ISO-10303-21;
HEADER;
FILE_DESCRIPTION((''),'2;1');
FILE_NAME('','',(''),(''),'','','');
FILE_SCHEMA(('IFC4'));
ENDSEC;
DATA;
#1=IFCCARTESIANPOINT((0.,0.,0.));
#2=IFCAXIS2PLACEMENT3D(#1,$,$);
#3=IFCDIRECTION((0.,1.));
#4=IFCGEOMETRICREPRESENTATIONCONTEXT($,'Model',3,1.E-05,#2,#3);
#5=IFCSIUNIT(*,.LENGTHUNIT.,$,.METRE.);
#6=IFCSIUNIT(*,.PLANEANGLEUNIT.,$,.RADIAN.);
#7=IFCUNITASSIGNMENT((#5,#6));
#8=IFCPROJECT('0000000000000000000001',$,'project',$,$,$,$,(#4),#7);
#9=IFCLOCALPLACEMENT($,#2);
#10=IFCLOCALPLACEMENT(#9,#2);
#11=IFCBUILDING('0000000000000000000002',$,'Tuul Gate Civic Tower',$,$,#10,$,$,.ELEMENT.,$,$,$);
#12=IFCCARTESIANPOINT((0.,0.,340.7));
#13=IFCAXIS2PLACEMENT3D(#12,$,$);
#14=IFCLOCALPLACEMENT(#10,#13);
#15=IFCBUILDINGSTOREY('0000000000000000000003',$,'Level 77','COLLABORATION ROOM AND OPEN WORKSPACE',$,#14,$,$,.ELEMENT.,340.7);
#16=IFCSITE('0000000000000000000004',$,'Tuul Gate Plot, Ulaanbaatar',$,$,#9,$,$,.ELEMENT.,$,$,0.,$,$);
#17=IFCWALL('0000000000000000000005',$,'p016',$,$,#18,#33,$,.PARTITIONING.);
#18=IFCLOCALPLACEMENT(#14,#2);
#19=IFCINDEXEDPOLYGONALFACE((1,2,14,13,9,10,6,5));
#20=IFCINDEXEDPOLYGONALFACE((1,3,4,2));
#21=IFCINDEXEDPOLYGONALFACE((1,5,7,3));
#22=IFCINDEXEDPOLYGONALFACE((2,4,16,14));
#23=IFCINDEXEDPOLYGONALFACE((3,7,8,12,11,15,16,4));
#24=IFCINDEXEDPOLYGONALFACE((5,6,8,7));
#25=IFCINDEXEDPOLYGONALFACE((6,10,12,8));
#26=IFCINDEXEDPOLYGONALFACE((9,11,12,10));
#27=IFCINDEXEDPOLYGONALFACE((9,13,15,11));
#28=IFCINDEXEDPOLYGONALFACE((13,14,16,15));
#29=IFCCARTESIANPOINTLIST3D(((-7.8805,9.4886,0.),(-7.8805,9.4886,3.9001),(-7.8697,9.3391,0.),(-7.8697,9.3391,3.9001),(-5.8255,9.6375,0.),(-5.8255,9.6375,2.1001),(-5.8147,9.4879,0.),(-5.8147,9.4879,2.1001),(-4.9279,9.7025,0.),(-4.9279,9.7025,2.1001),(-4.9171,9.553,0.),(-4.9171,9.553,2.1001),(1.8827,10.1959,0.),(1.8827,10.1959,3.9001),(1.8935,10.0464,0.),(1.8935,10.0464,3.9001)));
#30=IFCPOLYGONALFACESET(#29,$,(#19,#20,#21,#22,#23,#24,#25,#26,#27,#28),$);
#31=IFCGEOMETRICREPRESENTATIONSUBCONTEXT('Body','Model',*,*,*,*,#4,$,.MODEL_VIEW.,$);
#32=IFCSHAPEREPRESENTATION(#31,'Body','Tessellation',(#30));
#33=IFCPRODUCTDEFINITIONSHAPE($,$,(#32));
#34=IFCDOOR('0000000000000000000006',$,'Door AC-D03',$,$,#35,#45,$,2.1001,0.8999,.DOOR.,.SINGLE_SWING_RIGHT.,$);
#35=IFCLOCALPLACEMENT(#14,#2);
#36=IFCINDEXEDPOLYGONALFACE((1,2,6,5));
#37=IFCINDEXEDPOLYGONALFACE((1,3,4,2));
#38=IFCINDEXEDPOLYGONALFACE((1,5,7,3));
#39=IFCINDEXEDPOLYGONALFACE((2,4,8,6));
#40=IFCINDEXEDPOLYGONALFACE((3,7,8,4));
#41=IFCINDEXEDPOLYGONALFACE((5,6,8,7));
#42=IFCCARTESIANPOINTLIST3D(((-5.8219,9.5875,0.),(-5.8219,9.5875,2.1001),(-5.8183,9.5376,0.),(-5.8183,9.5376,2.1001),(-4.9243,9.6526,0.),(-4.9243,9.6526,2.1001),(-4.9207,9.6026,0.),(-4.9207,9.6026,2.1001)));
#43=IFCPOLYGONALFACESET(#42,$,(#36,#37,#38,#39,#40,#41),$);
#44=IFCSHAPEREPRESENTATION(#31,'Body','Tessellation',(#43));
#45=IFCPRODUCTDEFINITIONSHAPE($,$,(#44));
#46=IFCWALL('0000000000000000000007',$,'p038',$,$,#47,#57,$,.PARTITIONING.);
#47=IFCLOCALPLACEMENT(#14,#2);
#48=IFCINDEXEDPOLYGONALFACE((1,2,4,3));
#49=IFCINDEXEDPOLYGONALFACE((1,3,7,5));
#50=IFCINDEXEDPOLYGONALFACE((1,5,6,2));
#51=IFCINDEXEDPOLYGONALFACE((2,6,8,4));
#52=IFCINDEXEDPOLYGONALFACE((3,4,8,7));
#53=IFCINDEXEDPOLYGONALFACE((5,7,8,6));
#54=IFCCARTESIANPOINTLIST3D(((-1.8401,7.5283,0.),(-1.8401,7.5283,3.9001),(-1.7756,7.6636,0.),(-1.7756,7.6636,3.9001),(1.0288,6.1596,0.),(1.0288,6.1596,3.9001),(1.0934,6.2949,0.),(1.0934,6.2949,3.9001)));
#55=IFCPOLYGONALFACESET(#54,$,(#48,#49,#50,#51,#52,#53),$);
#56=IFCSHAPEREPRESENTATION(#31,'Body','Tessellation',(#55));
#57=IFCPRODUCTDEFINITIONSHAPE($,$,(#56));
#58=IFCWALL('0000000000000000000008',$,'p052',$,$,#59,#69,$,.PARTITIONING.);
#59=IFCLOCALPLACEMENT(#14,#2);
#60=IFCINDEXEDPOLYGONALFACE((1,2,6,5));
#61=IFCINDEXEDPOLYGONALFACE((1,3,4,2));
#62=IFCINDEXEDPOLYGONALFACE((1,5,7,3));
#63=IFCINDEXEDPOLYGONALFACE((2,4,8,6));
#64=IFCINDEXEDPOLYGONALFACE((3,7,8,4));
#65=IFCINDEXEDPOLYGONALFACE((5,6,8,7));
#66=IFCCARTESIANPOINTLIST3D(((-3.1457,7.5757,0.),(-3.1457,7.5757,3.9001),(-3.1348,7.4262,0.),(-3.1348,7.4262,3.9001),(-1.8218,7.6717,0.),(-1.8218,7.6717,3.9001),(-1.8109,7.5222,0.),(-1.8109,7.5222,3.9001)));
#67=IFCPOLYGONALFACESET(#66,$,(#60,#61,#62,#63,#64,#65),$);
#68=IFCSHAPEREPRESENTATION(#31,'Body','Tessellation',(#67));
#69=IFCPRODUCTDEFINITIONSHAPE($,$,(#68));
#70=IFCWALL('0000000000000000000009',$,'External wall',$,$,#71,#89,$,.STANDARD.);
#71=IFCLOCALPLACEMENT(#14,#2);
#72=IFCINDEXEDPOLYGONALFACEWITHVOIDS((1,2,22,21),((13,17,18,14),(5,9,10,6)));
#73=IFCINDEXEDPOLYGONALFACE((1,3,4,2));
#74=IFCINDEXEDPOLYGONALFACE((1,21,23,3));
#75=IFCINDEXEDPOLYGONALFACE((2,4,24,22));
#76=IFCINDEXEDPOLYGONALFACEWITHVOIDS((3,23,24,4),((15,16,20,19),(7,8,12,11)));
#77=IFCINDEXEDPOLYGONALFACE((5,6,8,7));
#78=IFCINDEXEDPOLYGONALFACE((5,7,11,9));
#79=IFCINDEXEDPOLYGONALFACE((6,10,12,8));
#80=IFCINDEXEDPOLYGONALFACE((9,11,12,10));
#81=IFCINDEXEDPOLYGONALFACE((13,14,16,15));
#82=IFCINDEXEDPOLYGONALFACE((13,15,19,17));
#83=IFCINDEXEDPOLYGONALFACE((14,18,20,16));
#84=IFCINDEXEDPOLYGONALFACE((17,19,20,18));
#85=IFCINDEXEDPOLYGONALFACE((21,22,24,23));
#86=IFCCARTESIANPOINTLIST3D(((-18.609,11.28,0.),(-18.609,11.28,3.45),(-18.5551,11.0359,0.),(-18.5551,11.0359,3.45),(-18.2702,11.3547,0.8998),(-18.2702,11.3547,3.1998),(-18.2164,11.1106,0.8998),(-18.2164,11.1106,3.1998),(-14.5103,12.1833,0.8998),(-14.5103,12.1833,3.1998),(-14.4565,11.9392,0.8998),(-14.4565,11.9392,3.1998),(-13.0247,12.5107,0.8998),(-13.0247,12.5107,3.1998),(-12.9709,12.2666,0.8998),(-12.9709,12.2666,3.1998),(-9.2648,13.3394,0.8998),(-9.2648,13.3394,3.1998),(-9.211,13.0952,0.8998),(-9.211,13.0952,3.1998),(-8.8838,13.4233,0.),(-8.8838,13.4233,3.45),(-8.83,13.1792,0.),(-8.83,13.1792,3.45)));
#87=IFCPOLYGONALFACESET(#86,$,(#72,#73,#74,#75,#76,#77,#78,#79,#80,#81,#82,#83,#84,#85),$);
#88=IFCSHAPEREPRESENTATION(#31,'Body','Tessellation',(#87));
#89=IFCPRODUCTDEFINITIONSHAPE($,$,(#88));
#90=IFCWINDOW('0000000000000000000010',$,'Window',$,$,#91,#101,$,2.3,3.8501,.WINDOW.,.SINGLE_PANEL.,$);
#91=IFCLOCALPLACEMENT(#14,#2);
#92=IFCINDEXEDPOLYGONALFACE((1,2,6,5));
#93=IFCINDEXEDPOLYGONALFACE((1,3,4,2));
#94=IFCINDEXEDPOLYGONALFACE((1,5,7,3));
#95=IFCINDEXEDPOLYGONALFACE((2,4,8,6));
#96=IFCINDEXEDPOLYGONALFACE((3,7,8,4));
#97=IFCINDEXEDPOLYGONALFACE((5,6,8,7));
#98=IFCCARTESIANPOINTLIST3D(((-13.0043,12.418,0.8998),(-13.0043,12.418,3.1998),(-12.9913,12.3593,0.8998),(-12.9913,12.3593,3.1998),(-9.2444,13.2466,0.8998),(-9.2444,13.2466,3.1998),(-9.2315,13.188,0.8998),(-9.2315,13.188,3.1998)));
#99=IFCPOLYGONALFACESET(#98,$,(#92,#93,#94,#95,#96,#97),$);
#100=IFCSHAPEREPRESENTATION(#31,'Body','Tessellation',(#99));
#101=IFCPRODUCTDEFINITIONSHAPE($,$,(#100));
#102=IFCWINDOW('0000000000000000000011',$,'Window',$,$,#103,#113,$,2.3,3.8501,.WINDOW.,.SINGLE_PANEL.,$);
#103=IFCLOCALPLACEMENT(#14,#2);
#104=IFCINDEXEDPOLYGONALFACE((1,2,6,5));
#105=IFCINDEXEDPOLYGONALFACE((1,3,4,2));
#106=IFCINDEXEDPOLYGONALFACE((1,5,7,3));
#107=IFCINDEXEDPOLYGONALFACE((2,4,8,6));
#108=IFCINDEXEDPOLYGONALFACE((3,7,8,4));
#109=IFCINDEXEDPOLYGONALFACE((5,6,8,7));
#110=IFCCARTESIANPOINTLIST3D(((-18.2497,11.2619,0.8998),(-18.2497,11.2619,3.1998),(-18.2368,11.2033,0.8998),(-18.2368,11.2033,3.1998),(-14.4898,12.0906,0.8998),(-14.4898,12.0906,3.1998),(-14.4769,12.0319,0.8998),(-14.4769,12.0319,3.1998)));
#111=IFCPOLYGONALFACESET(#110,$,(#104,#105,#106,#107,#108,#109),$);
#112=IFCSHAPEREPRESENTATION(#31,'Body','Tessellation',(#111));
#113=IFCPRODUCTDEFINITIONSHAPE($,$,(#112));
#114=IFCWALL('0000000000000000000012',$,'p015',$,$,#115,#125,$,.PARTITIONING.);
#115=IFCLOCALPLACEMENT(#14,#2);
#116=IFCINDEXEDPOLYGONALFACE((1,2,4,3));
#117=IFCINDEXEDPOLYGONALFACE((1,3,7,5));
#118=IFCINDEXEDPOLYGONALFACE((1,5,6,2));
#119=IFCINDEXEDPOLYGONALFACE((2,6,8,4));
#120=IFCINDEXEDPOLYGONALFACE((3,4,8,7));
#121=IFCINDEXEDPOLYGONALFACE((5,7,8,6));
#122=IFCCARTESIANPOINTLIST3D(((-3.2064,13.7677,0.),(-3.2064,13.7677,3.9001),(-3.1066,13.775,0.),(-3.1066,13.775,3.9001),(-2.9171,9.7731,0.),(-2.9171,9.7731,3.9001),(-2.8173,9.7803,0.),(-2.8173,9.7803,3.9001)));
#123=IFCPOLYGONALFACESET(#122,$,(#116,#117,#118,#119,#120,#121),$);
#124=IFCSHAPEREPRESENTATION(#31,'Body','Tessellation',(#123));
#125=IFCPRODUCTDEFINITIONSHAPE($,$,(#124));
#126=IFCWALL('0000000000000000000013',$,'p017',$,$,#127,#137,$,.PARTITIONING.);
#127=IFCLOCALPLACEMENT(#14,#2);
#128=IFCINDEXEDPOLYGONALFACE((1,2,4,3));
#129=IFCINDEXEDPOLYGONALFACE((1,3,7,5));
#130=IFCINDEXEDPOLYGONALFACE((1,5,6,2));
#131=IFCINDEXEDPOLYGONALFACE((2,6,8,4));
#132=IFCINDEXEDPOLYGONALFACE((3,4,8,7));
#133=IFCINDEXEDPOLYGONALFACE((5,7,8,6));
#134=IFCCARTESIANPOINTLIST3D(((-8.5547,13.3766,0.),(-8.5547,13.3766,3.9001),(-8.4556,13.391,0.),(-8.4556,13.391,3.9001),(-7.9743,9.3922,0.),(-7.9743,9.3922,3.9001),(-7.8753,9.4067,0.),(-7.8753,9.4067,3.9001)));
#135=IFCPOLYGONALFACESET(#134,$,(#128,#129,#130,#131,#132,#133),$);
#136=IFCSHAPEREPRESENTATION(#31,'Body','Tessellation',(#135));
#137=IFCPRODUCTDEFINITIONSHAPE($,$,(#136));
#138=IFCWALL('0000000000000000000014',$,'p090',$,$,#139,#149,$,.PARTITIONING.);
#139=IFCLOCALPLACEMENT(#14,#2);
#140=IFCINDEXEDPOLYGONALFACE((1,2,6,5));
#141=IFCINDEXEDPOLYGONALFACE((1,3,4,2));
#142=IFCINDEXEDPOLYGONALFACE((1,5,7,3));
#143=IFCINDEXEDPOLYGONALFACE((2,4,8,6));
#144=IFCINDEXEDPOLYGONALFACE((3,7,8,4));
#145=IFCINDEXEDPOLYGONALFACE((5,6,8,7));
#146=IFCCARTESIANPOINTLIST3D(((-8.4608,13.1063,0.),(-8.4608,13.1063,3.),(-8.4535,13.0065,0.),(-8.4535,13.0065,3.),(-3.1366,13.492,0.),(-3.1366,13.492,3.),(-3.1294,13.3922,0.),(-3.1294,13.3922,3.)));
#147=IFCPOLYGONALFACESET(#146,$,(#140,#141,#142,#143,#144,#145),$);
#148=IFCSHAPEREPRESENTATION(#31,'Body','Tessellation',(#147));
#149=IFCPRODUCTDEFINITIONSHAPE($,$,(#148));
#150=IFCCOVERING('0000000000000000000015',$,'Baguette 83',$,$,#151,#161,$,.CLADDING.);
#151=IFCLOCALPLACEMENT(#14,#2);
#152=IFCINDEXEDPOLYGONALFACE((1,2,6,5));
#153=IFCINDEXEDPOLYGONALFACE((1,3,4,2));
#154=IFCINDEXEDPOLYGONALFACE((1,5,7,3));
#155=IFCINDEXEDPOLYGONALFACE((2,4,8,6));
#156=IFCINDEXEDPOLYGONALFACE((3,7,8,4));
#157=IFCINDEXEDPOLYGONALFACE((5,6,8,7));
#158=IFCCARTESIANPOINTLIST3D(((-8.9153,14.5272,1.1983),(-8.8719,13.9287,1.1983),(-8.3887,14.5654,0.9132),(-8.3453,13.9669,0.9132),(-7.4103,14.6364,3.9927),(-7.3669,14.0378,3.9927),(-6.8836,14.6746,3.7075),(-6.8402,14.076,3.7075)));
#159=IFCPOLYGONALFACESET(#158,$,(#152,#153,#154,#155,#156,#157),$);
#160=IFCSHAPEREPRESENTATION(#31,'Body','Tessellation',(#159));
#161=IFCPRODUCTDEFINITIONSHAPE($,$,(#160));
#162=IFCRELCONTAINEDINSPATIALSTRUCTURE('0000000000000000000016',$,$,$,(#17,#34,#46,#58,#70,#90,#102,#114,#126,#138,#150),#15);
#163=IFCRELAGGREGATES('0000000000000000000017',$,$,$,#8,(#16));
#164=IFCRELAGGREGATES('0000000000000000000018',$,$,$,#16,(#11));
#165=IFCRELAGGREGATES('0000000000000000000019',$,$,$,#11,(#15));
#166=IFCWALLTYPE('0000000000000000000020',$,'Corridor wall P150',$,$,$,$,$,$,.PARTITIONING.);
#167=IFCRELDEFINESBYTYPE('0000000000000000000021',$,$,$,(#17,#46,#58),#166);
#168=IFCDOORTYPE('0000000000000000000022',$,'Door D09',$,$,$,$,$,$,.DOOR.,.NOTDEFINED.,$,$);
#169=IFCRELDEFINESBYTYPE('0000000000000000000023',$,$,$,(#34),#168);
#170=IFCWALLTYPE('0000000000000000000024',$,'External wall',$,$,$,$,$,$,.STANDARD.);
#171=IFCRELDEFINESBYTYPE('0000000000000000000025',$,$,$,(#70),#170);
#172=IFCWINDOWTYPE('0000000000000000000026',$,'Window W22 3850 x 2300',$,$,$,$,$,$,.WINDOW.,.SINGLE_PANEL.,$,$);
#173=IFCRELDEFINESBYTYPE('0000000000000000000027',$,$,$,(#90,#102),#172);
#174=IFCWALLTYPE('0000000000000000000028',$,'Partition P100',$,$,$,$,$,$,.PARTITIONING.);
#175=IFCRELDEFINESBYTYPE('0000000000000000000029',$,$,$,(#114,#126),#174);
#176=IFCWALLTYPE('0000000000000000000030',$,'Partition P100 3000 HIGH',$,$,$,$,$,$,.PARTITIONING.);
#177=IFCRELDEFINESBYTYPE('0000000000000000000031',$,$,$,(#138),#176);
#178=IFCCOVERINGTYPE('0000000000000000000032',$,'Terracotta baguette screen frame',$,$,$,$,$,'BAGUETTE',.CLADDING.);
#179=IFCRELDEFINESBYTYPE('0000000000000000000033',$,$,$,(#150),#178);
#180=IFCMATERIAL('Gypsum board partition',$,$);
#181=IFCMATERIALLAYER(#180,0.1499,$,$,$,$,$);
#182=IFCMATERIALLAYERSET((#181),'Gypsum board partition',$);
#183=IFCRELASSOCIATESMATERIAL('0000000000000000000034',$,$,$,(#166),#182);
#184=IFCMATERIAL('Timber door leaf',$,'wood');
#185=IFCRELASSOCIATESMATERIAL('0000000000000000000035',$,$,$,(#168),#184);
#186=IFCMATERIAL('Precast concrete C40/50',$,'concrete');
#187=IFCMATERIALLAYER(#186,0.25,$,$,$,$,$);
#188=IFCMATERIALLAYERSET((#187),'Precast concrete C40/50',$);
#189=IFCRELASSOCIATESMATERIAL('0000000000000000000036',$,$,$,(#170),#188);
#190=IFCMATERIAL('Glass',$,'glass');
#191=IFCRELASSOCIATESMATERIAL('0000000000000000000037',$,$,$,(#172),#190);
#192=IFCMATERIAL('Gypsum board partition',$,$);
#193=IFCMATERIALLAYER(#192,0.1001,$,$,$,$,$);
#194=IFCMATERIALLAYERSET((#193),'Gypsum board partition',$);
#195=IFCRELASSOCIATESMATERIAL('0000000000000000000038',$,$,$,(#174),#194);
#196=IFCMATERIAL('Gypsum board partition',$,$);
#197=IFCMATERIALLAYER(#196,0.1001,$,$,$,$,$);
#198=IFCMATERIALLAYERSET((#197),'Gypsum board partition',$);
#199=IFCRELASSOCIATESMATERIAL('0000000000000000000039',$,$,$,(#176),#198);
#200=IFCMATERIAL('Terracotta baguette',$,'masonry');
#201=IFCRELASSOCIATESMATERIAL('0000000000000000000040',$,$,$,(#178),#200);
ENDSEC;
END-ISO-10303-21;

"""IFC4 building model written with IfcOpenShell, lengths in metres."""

from ifc_helpers import new_model, si_unit, direction, frame, frame_2d, origin, origin_2d, place, context, subcontext, project, spatial, rectangle, extrude, material, layer, layer_set, material_profile, profile_set, type_object, element, fill, save


model = new_model("IFC4")

# Units and contexts
model_context = context("Model", 3, precision=1e-05, world=origin(), true_north=direction((0.0, 1.0)))
body_context = subcontext(model_context, "Body", "Model", "MODEL_VIEW")
ifc_project = project(units=[si_unit("LENGTHUNIT", "METRE"), si_unit("PLANEANGLEUNIT", "RADIAN")], contexts=[model_context])

# Site, building, storey
site_placement = place(None, origin())
site = spatial("IfcSite", under=ifc_project, at=site_placement, Name="Tuul Gate Plot, Ulaanbaatar", CompositionType="ELEMENT", RefElevation=0.0)
building_placement = place(site_placement, origin())
building = spatial("IfcBuilding", under=site, at=building_placement, Name="Tuul Gate Civic Tower", CompositionType="ELEMENT")
storey_placement = place(building_placement, frame((0.0, 0.0, 340.7)))
storey = spatial("IfcBuildingStorey", under=building, at=storey_placement, Name="Level 77", Description="COLLABORATION ROOM AND OPEN WORKSPACE", CompositionType="ELEMENT", Elevation=340.7)

# Wall, opening, door
ifc_material_1 = material(Name="Gypsum board partition")
ifc_layer_1 = layer(ifc_material_1, 0.1499)
ifc_layer_set_1 = layer_set([ifc_layer_1], Name="Gypsum board partition")
wall_type_1 = type_object("IfcWallType", Name="Corridor wall P150", PredefinedType="PARTITIONING", material=ifc_layer_set_1)
wall_1_placement = place(storey_placement, frame((-7.8752, 9.4138, 0.0), z_axis=(0.0, 0.0, 1.0), x_axis=(0.997386, 0.072254, 0.0)))
wall_1 = element("IfcWall", 1, at=wall_1_placement, inside=storey, type_object=wall_type_1, Name="p016", PredefinedType="PARTITIONING", context=body_context, shape_type="SweptSolid", body=[
    extrude(rectangle(XDim=9.7888, YDim=0.1499, at=frame_2d((4.8945, 0.0))), origin(), (0.0, 0.0, 1.0), 3.9001),
])
opening_1_placement = place(wall_1_placement, frame((2.0605, 0.0, 0.0)))
opening_1 = element("IfcOpeningElement", 2, at=opening_1_placement, cuts=wall_1, PredefinedType="OPENING", context=body_context, shape_type="SweptSolid", body=[
    extrude(rectangle(XDim=0.8999, YDim=2.1001, at=frame_2d((0.45, 1.05))), frame((0.0, 0.085, 0.0), z_axis=(0.0, -1.0, 0.0), x_axis=(1.0, 0.0, 0.0)), (0.0, 0.0, 1.0), 0.1699),
])
ifc_material_2 = material(Name="Timber door leaf", Category="wood")
door_type = type_object("IfcDoorType", Name="Door D09", OperationType="NOTDEFINED", PredefinedType="DOOR", material=ifc_material_2)
door_placement = place(opening_1_placement, origin())
door = element("IfcDoor", 3, at=door_placement, inside=storey, type_object=door_type, Name="Door AC-D03", OperationType="SINGLE_SWING_RIGHT", OverallHeight=2.1001, OverallWidth=0.8999, PredefinedType="DOOR", context=body_context, shape_type="SweptSolid", body=[
    extrude(rectangle(XDim=0.8999, YDim=2.1001, at=frame_2d((0.45, 1.05))), frame((0.0, 0.0249, 0.0), z_axis=(0.0, -1.0, 0.0), x_axis=(1.0, 0.0, 0.0)), (0.0, 0.0, 1.0), 0.05),
])
fill(opening_1, door)

# Walls
wall_2_placement = place(storey_placement, frame((-1.8079, 7.5959, 0.0), z_axis=(0.0, 0.0, 1.0), x_axis=(0.902554, -0.430577, 0.0)))
element("IfcWall", 4, at=wall_2_placement, inside=storey, type_object=wall_type_1, Name="p038", PredefinedType="PARTITIONING", context=body_context, shape_type="SweptSolid", body=[
    extrude(rectangle(XDim=3.1787, YDim=0.1499, at=frame_2d((1.5894, 0.0))), origin(), (0.0, 0.0, 1.0), 3.9001),
])
wall_3_placement = place(storey_placement, frame((-3.1401, 7.501, 0.0), z_axis=(0.0, 0.0, 1.0), x_axis=(0.997384, 0.07228, 0.0)))
element("IfcWall", 5, at=wall_3_placement, inside=storey, type_object=wall_type_1, Name="p052", PredefinedType="PARTITIONING", context=body_context, shape_type="SweptSolid", body=[
    extrude(rectangle(XDim=1.3274, YDim=0.1499, at=frame_2d((0.6636, 0.0))), origin(), (0.0, 0.0, 1.0), 3.9001),
])

# Wall, openings, windows
ifc_material_3 = material(Name="Precast concrete C40/50", Category="concrete")
ifc_layer_2 = layer(ifc_material_3, 0.25)
ifc_layer_set_2 = layer_set([ifc_layer_2], Name="Precast concrete C40/50")
wall_type_2 = type_object("IfcWallType", Name="External wall", PredefinedType="STANDARD", material=ifc_layer_set_2)
wall_4_placement = place(storey_placement, frame((-8.8569, 13.3013, 0.0), z_axis=(0.0, 0.0, 1.0), x_axis=(-0.976565, -0.215225, 0.0)))
wall_4 = element("IfcWall", 6, at=wall_4_placement, inside=storey, type_object=wall_type_2, Name="External wall", PredefinedType="STANDARD", context=body_context, shape_type="SweptSolid", body=[
    extrude(rectangle(XDim=9.9585, YDim=0.25, at=frame_2d((4.9792, 0.0))), origin(), (0.0, 0.0, 1.0), 3.45),
])
opening_2_placement = place(wall_4_placement, frame((0.3901, 0.0, 0.8999)))
opening_2 = element("IfcOpeningElement", 7, at=opening_2_placement, cuts=wall_4, PredefinedType="OPENING", context=body_context, shape_type="SweptSolid", body=[
    extrude(rectangle(XDim=3.8501, YDim=2.3, at=frame_2d((1.925, 1.1499))), frame((0.0, 0.135, 0.0), z_axis=(0.0, -1.0, 0.0), x_axis=(1.0, 0.0, 0.0)), (0.0, 0.0, 1.0), 0.27),
])
opening_3_placement = place(wall_4_placement, frame((5.7615, 0.0, 0.8999)))
opening_3 = element("IfcOpeningElement", 8, at=opening_3_placement, cuts=wall_4, PredefinedType="OPENING", context=body_context, shape_type="SweptSolid", body=[
    extrude(rectangle(XDim=3.8501, YDim=2.3, at=frame_2d((1.925, 1.1499))), frame((0.0, 0.135, 0.0), z_axis=(0.0, -1.0, 0.0), x_axis=(1.0, 0.0, 0.0)), (0.0, 0.0, 1.0), 0.27),
])
ifc_material_4 = material(Name="Glass", Category="glass")
window_type = type_object("IfcWindowType", Name="Window W22 3850 x 2300", PartitioningType="SINGLE_PANEL", PredefinedType="WINDOW", material=ifc_material_4)
window_1_placement = place(opening_2_placement, origin())
window_1 = element("IfcWindow", 9, at=window_1_placement, inside=storey, type_object=window_type, Name="Window", OverallHeight=2.3, OverallWidth=3.8501, PartitioningType="SINGLE_PANEL", PredefinedType="WINDOW", context=body_context, shape_type="SweptSolid", body=[
    extrude(rectangle(XDim=3.8501, YDim=2.3, at=frame_2d((1.925, 1.1499))), frame((0.0, 0.03, 0.0), z_axis=(0.0, -1.0, 0.0), x_axis=(1.0, 0.0, 0.0)), (0.0, 0.0, 1.0), 0.0601),
])
fill(opening_2, window_1)
window_2_placement = place(opening_3_placement, origin())
window_2 = element("IfcWindow", 10, at=window_2_placement, inside=storey, type_object=window_type, Name="Window", OverallHeight=2.3, OverallWidth=3.8501, PartitioningType="SINGLE_PANEL", PredefinedType="WINDOW", context=body_context, shape_type="SweptSolid", body=[
    extrude(rectangle(XDim=3.8501, YDim=2.3, at=frame_2d((1.925, 1.1499))), frame((0.0, 0.03, 0.0), z_axis=(0.0, -1.0, 0.0), x_axis=(1.0, 0.0, 0.0)), (0.0, 0.0, 1.0), 0.0601),
])
fill(opening_3, window_2)

# Walls
ifc_material_5 = material(Name="Gypsum board partition")
ifc_layer_3 = layer(ifc_material_5, 0.1001)
ifc_layer_set_3 = layer_set([ifc_layer_3], Name="Gypsum board partition")
wall_type_3 = type_object("IfcWallType", Name="Partition P100", PredefinedType="PARTITIONING", material=ifc_layer_set_3)
wall_5_placement = place(storey_placement, frame((-3.1565, 13.7712, 0.0), z_axis=(0.0, 0.0, 1.0), x_axis=(0.072235, -0.997388, 0.0)))
element("IfcWall", 11, at=wall_5_placement, inside=storey, type_object=wall_type_3, Name="p015", PredefinedType="PARTITIONING", context=body_context, shape_type="SweptSolid", body=[
    extrude(rectangle(XDim=4.0051, YDim=0.1001, at=frame_2d((2.0024, 0.0))), origin(), (0.0, 0.0, 1.0), 3.9001),
])
wall_6_placement = place(storey_placement, frame((-8.5051, 13.3838, 0.0), z_axis=(0.0, 0.0, 1.0), x_axis=(0.144129, -0.989559, 0.0)))
element("IfcWall", 12, at=wall_6_placement, inside=storey, type_object=wall_type_3, Name="p017", PredefinedType="PARTITIONING", context=body_context, shape_type="SweptSolid", body=[
    extrude(rectangle(XDim=4.0264, YDim=0.1001, at=frame_2d((2.0132, 0.0))), origin(), (0.0, 0.0, 1.0), 3.9001),
])
ifc_material_6 = material(Name="Gypsum board partition")
ifc_layer_4 = layer(ifc_material_6, 0.1001)
ifc_layer_set_4 = layer_set([ifc_layer_4], Name="Gypsum board partition")
wall_type_4 = type_object("IfcWallType", Name="Partition P100 3000 HIGH", PredefinedType="PARTITIONING", material=ifc_layer_set_4)
wall_7_placement = place(storey_placement, frame((-8.457, 13.0564, 0.0), z_axis=(0.0, 0.0, 1.0), x_axis=(0.997386, 0.072261, 0.0)))
element("IfcWall", 13, at=wall_7_placement, inside=storey, type_object=wall_type_4, Name="p090", PredefinedType="PARTITIONING", context=body_context, shape_type="SweptSolid", body=[
    extrude(rectangle(XDim=5.3381, YDim=0.1001, at=frame_2d((2.6689, 0.0))), origin(), (0.0, 0.0, 1.0), 3.0),
])

# Covering
ifc_material_7 = material(Name="Terracotta baguette", Category="masonry")
ifc_material_profile_1 = material_profile(ifc_material_7, rectangle(XDim=0.6001, YDim=0.6001, at=origin_2d()), Name="Terracotta baguette screen frame")
ifc_profile_set_1 = profile_set([ifc_material_profile_1], Name="Terracotta baguette")
covering_type = type_object("IfcCoveringType", Name="Terracotta baguette screen frame", ElementType="BAGUETTE", PredefinedType="CLADDING", material=ifc_profile_set_1)
covering_1_placement = place(storey_placement, frame((-7.1252, 14.3562, 3.8501), z_axis=(-0.473925, -0.034362, -0.879894), x_axis=(0.072316, -0.997382, 0.0)))
element("IfcCovering", 14, at=covering_1_placement, inside=storey, type_object=covering_type, Name="Baguette 83", PredefinedType="CLADDING", context=body_context, shape_type="SweptSolid", body=[
    extrude(rectangle(XDim=0.6001, YDim=0.6001, at=origin_2d()), origin(), (0.0, 0.0, 1.0), 3.1758),
])

save(model, "model.ifc")
